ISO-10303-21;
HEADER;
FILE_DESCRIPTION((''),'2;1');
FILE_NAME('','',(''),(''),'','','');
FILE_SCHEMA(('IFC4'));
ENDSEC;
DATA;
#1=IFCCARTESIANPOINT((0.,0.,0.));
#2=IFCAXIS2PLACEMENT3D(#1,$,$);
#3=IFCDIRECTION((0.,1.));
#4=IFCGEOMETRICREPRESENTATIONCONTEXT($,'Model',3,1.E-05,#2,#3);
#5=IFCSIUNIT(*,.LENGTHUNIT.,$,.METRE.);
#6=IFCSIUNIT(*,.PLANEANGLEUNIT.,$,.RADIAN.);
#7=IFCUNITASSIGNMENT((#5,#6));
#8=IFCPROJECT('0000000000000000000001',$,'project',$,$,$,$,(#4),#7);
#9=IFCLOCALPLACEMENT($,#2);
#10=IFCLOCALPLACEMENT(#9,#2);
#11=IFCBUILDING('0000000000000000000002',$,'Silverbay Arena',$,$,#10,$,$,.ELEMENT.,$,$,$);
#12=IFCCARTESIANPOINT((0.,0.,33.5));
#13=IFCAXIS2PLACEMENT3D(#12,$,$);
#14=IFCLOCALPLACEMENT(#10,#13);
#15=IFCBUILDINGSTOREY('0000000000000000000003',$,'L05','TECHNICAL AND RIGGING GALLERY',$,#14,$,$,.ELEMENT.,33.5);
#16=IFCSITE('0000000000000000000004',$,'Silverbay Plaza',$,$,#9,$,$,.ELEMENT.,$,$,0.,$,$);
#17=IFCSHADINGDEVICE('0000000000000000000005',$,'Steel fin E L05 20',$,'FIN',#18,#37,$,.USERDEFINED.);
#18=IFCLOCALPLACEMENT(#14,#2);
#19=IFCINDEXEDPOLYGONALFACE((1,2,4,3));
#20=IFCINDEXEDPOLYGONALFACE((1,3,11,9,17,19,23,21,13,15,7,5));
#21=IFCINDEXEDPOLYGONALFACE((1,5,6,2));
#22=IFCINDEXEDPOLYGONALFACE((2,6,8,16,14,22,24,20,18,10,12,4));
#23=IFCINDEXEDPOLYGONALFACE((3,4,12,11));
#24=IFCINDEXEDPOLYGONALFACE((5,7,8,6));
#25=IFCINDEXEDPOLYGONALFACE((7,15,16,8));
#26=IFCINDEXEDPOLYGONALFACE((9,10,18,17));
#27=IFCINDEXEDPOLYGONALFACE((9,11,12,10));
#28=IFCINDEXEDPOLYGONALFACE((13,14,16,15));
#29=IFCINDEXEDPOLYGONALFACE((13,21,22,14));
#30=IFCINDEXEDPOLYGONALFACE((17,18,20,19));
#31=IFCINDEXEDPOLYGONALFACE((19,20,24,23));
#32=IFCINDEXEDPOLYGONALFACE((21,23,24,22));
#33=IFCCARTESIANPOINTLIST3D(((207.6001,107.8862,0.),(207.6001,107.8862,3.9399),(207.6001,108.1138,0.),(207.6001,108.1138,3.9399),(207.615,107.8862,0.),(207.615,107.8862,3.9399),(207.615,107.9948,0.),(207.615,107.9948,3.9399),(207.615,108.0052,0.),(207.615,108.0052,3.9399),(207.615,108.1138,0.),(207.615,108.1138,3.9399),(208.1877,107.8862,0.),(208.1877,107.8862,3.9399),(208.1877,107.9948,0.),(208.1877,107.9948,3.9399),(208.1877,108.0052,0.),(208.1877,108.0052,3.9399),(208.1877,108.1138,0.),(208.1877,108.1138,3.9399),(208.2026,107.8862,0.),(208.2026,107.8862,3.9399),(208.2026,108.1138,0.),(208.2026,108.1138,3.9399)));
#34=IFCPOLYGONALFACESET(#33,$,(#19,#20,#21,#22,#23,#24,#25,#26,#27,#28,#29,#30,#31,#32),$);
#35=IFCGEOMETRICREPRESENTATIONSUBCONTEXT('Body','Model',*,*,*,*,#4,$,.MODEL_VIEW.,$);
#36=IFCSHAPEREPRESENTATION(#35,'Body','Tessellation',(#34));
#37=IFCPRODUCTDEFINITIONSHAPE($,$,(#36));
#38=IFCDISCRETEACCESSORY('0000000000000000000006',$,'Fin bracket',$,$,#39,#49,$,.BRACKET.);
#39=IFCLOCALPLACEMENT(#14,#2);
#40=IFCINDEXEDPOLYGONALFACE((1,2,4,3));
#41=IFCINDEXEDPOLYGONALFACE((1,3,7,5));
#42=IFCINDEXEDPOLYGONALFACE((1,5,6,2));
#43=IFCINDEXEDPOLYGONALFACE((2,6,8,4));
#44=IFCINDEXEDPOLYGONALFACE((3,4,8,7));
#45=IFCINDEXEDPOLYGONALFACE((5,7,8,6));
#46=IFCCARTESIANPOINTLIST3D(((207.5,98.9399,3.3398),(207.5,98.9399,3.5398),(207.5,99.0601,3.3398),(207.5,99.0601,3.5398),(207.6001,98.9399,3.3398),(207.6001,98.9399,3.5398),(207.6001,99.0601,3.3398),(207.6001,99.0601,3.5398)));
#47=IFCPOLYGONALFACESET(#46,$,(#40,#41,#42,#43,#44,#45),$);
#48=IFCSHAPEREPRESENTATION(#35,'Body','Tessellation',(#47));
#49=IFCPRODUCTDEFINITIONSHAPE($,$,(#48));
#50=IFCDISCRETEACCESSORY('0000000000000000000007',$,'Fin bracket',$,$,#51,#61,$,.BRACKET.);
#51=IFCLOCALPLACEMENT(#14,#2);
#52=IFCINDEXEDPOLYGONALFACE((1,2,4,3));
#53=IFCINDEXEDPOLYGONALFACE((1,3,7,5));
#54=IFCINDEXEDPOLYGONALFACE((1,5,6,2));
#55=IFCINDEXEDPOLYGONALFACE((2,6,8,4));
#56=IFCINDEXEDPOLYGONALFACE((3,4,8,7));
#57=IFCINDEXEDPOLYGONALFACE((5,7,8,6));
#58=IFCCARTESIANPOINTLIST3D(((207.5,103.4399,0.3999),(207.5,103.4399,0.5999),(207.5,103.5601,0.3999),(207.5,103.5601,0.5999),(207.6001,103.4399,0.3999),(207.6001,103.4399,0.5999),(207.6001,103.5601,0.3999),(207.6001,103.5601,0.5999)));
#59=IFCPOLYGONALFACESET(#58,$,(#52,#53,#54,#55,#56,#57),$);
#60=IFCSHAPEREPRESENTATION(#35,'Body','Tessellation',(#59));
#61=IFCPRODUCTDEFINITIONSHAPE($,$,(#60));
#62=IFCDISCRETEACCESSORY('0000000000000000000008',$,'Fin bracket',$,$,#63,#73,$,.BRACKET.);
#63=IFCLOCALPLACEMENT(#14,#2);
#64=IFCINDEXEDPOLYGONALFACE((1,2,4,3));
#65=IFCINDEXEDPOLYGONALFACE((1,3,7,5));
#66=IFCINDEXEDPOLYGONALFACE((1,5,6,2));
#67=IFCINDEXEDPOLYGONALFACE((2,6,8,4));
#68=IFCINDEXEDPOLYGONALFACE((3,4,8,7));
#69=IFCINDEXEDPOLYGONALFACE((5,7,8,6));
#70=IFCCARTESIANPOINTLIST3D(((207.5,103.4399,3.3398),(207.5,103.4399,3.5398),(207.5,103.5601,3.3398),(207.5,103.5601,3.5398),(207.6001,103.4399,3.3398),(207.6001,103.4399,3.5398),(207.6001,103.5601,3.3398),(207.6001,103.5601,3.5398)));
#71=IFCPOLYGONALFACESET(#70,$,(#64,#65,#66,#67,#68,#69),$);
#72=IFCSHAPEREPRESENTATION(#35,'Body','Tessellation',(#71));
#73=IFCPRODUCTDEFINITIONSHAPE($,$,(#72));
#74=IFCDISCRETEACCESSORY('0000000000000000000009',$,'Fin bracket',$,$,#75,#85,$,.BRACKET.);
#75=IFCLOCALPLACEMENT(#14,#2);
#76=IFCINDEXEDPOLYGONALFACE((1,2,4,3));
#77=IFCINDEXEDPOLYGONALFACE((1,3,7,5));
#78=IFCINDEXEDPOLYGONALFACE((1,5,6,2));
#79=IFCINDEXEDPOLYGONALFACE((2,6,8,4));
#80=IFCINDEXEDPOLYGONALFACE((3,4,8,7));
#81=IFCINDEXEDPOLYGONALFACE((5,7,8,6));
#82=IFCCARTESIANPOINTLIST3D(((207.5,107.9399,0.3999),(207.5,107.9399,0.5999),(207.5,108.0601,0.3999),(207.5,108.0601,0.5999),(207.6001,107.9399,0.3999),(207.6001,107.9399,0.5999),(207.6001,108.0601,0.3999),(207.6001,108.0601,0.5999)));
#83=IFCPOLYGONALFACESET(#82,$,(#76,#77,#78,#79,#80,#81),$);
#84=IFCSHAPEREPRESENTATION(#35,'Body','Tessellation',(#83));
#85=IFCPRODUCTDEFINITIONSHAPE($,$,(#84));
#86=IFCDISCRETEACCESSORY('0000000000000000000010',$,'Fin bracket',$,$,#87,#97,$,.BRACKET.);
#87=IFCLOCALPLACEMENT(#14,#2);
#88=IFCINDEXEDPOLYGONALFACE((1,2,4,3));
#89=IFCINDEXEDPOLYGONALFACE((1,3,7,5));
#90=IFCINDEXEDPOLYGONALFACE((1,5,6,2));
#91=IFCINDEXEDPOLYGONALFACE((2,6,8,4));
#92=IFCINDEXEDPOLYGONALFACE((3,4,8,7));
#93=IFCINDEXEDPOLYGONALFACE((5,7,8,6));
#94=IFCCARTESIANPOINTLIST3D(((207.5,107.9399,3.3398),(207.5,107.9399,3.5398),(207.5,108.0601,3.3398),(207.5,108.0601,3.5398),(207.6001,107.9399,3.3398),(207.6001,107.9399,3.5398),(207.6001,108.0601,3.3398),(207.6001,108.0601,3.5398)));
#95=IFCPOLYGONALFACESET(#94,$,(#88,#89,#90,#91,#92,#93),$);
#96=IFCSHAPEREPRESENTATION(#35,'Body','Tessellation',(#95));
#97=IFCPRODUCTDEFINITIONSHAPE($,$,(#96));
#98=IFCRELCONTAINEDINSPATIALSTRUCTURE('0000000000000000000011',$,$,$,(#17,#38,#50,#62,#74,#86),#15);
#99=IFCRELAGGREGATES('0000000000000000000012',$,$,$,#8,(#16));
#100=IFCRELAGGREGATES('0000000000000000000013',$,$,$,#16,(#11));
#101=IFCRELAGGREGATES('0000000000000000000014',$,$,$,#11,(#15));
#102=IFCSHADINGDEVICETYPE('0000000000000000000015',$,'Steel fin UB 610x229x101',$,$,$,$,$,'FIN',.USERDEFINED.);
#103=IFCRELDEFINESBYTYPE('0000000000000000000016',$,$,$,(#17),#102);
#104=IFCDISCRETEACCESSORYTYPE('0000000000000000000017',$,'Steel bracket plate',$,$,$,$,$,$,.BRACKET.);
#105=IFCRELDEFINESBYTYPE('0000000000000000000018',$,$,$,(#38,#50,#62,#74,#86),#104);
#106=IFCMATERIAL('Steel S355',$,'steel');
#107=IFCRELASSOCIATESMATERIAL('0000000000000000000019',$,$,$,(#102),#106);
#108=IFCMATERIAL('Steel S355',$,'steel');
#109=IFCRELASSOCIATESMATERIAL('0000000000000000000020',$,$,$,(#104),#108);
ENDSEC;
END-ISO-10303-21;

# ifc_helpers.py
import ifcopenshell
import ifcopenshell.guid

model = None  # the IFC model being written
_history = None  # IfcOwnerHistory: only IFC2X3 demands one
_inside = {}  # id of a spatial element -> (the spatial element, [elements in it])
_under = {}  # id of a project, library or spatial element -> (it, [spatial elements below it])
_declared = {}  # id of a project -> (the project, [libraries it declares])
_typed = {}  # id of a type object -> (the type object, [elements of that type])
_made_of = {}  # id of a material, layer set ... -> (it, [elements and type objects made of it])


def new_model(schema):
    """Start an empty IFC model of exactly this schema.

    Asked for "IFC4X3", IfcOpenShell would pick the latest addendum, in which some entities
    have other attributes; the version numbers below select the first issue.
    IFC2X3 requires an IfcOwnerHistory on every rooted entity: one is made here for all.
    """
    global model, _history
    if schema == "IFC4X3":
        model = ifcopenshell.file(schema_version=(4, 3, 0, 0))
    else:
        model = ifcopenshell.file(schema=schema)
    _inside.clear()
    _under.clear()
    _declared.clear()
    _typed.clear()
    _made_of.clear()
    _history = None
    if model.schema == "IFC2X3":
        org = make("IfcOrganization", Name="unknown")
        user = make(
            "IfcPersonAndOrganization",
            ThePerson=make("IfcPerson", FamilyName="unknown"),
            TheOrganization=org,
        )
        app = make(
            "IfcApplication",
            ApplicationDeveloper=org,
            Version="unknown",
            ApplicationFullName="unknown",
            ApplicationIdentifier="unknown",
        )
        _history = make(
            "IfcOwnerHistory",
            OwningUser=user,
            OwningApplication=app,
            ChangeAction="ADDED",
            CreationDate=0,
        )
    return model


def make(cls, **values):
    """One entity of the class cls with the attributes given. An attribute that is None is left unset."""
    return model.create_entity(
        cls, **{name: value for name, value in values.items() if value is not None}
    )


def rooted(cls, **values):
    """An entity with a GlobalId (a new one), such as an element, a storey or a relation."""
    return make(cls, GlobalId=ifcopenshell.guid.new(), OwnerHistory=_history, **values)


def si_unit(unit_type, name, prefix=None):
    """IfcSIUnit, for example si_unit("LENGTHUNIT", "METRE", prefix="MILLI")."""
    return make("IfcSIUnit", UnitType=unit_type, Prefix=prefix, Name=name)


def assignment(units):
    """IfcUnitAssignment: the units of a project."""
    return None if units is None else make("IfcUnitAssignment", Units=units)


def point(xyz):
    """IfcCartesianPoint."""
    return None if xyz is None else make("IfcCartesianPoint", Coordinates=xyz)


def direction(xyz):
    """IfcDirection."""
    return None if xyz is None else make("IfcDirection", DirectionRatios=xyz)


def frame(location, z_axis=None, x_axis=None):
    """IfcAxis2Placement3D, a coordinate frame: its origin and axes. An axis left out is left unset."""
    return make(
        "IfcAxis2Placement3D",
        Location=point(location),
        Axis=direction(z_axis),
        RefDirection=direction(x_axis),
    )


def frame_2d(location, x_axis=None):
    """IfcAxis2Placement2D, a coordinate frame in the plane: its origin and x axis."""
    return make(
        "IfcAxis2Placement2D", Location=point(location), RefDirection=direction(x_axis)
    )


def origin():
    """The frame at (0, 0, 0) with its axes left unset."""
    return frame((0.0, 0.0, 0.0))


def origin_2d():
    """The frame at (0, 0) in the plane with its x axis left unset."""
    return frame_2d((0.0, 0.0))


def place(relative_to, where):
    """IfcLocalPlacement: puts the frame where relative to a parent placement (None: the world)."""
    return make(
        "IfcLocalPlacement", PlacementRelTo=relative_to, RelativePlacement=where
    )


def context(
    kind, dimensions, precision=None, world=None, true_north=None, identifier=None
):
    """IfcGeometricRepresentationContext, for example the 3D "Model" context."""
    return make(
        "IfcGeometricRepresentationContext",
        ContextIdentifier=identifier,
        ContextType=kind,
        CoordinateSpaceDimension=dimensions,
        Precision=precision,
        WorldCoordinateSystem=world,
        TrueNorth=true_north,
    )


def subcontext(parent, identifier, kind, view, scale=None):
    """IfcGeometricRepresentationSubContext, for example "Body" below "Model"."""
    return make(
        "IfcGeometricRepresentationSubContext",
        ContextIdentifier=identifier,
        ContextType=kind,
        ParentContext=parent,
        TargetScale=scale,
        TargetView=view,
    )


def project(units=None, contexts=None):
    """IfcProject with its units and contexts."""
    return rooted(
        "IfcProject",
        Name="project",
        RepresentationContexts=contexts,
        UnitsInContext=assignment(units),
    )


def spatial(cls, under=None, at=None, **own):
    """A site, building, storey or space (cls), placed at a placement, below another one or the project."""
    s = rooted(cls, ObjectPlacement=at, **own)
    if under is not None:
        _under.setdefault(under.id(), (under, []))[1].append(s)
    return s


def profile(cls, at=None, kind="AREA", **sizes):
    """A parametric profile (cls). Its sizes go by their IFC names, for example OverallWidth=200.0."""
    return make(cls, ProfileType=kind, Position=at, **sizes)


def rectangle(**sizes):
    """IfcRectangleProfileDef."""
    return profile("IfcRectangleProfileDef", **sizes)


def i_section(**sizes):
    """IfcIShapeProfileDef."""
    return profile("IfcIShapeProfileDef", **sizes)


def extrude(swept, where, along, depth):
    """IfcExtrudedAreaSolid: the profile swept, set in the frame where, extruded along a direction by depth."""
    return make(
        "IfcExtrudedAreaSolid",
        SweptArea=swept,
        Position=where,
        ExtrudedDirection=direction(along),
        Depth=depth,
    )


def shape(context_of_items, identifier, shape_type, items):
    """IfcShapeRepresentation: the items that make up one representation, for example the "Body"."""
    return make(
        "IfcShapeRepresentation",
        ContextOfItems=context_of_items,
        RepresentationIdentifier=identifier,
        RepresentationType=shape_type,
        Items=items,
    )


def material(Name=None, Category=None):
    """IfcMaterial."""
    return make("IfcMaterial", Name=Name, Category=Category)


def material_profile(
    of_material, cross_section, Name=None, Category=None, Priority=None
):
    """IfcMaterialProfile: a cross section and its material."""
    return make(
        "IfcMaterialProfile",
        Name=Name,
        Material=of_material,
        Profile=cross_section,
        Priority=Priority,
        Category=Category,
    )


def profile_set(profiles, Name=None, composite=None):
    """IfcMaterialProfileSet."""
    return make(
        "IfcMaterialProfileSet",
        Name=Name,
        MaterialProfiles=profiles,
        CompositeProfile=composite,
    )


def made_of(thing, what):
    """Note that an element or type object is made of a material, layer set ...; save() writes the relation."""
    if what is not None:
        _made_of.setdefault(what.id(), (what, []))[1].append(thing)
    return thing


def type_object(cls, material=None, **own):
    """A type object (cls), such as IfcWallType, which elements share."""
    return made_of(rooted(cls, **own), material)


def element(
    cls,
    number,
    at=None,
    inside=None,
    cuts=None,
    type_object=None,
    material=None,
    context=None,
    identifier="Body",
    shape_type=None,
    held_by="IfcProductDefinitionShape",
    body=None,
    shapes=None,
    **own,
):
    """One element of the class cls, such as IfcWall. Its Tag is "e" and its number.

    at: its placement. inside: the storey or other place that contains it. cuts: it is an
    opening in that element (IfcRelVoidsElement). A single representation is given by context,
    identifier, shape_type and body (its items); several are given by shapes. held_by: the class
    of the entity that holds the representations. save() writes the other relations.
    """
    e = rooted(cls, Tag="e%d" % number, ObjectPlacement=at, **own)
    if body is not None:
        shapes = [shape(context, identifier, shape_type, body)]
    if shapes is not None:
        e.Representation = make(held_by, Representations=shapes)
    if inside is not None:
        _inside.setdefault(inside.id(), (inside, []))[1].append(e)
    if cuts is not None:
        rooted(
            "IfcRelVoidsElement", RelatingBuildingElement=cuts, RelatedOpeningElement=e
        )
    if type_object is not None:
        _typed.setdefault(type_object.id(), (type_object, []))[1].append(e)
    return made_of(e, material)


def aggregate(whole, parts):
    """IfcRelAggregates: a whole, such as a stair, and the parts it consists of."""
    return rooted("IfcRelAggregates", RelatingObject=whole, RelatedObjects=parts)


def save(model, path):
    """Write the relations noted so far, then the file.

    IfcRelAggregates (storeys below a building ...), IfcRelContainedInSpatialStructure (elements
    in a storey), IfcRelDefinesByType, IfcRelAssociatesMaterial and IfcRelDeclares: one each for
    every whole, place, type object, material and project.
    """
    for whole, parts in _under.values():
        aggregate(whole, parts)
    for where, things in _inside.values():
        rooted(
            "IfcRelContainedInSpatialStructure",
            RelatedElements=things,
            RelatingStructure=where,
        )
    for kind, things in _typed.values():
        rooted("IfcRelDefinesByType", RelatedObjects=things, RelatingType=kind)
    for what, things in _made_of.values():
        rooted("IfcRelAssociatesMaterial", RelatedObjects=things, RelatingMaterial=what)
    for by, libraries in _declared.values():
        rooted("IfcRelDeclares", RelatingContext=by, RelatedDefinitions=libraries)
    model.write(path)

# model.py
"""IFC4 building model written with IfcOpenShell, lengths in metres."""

from ifc_helpers import new_model, si_unit, direction, frame, origin, origin_2d, place, context, subcontext, project, spatial, rectangle, i_section, extrude, material, material_profile, profile_set, type_object, element, save


model = new_model("IFC4")

# Units and contexts
model_context = context("Model", 3, precision=1e-05, world=origin(), true_north=direction((0.0, 1.0)))
body_context = subcontext(model_context, "Body", "Model", "MODEL_VIEW")
ifc_project = project(units=[si_unit("LENGTHUNIT", "METRE"), si_unit("PLANEANGLEUNIT", "RADIAN")], contexts=[model_context])

# Site, building, storey
site_placement = place(None, origin())
site = spatial("IfcSite", under=ifc_project, at=site_placement, Name="Silverbay Plaza", CompositionType="ELEMENT", RefElevation=0.0)
building_placement = place(site_placement, origin())
building = spatial("IfcBuilding", under=site, at=building_placement, Name="Silverbay Arena", CompositionType="ELEMENT")
storey_placement = place(building_placement, frame((0.0, 0.0, 33.5)))
storey = spatial("IfcBuildingStorey", under=building, at=storey_placement, Name="L05", Description="TECHNICAL AND RIGGING GALLERY", CompositionType="ELEMENT", Elevation=33.5)

# Shading device
ifc_material_1 = material(Name="Steel S355", Category="steel")
ifc_material_profile_1 = material_profile(ifc_material_1, i_section(OverallWidth=0.2275, OverallDepth=0.6025, WebThickness=0.0105, FlangeThickness=0.0149, at=origin_2d()), Name="UB 610x229x101")
ifc_profile_set_1 = profile_set([ifc_material_profile_1], Name="Steel S355")
shading_device_type = type_object("IfcShadingDeviceType", Name="Steel fin UB 610x229x101", ElementType="FIN", PredefinedType="USERDEFINED", material=ifc_profile_set_1)
for number, where, z_axis, x_axis, name in (
    (1, (207.9014, 108.0, 0.0), (0.0, 0.0, 1.0), (0.0, 1.0, 0.0), "Steel fin E L05 20"),
):
    element("IfcShadingDevice", number, at=place(storey_placement, frame(where, z_axis=z_axis, x_axis=x_axis)), inside=storey, type_object=shading_device_type, Name=name, ObjectType="FIN", PredefinedType="USERDEFINED", context=body_context, shape_type="SweptSolid", body=[
        extrude(i_section(OverallWidth=0.2275, OverallDepth=0.6025, WebThickness=0.0105, FlangeThickness=0.0149, at=origin_2d()), origin(), (0.0, 0.0, 1.0), 3.9399),
    ])

# Discrete accessories
ifc_material_2 = material(Name="Steel S355", Category="steel")
discrete_accessory_type = type_object("IfcDiscreteAccessoryType", Name="Steel bracket plate", PredefinedType="BRACKET", material=ifc_material_2)
for number, where, z_axis, x_axis, name in (
    (2, (207.55, 99.0, 3.3398), (0.0, 0.0, 1.0), (1.0, 0.0, 0.0), "Fin bracket"),
    (3, (207.55, 103.5, 0.3999), (0.0, 0.0, 1.0), (1.0, 0.0, 0.0), "Fin bracket"),
    (4, (207.55, 103.5, 3.3398), (0.0, 0.0, 1.0), (1.0, 0.0, 0.0), "Fin bracket"),
    (5, (207.55, 108.0, 0.3999), (0.0, 0.0, 1.0), (1.0, 0.0, 0.0), "Fin bracket"),
    (6, (207.55, 108.0, 3.3398), (0.0, 0.0, 1.0), (1.0, 0.0, 0.0), "Fin bracket"),
):
    element("IfcDiscreteAccessory", number, at=place(storey_placement, frame(where, z_axis=z_axis, x_axis=x_axis)), inside=storey, type_object=discrete_accessory_type, Name=name, PredefinedType="BRACKET", context=body_context, shape_type="SweptSolid", body=[
        extrude(rectangle(XDim=0.1001, YDim=0.1201, at=origin_2d()), origin(), (0.0, 0.0, 1.0), 0.2),
    ])

save(model, "model.ifc")
